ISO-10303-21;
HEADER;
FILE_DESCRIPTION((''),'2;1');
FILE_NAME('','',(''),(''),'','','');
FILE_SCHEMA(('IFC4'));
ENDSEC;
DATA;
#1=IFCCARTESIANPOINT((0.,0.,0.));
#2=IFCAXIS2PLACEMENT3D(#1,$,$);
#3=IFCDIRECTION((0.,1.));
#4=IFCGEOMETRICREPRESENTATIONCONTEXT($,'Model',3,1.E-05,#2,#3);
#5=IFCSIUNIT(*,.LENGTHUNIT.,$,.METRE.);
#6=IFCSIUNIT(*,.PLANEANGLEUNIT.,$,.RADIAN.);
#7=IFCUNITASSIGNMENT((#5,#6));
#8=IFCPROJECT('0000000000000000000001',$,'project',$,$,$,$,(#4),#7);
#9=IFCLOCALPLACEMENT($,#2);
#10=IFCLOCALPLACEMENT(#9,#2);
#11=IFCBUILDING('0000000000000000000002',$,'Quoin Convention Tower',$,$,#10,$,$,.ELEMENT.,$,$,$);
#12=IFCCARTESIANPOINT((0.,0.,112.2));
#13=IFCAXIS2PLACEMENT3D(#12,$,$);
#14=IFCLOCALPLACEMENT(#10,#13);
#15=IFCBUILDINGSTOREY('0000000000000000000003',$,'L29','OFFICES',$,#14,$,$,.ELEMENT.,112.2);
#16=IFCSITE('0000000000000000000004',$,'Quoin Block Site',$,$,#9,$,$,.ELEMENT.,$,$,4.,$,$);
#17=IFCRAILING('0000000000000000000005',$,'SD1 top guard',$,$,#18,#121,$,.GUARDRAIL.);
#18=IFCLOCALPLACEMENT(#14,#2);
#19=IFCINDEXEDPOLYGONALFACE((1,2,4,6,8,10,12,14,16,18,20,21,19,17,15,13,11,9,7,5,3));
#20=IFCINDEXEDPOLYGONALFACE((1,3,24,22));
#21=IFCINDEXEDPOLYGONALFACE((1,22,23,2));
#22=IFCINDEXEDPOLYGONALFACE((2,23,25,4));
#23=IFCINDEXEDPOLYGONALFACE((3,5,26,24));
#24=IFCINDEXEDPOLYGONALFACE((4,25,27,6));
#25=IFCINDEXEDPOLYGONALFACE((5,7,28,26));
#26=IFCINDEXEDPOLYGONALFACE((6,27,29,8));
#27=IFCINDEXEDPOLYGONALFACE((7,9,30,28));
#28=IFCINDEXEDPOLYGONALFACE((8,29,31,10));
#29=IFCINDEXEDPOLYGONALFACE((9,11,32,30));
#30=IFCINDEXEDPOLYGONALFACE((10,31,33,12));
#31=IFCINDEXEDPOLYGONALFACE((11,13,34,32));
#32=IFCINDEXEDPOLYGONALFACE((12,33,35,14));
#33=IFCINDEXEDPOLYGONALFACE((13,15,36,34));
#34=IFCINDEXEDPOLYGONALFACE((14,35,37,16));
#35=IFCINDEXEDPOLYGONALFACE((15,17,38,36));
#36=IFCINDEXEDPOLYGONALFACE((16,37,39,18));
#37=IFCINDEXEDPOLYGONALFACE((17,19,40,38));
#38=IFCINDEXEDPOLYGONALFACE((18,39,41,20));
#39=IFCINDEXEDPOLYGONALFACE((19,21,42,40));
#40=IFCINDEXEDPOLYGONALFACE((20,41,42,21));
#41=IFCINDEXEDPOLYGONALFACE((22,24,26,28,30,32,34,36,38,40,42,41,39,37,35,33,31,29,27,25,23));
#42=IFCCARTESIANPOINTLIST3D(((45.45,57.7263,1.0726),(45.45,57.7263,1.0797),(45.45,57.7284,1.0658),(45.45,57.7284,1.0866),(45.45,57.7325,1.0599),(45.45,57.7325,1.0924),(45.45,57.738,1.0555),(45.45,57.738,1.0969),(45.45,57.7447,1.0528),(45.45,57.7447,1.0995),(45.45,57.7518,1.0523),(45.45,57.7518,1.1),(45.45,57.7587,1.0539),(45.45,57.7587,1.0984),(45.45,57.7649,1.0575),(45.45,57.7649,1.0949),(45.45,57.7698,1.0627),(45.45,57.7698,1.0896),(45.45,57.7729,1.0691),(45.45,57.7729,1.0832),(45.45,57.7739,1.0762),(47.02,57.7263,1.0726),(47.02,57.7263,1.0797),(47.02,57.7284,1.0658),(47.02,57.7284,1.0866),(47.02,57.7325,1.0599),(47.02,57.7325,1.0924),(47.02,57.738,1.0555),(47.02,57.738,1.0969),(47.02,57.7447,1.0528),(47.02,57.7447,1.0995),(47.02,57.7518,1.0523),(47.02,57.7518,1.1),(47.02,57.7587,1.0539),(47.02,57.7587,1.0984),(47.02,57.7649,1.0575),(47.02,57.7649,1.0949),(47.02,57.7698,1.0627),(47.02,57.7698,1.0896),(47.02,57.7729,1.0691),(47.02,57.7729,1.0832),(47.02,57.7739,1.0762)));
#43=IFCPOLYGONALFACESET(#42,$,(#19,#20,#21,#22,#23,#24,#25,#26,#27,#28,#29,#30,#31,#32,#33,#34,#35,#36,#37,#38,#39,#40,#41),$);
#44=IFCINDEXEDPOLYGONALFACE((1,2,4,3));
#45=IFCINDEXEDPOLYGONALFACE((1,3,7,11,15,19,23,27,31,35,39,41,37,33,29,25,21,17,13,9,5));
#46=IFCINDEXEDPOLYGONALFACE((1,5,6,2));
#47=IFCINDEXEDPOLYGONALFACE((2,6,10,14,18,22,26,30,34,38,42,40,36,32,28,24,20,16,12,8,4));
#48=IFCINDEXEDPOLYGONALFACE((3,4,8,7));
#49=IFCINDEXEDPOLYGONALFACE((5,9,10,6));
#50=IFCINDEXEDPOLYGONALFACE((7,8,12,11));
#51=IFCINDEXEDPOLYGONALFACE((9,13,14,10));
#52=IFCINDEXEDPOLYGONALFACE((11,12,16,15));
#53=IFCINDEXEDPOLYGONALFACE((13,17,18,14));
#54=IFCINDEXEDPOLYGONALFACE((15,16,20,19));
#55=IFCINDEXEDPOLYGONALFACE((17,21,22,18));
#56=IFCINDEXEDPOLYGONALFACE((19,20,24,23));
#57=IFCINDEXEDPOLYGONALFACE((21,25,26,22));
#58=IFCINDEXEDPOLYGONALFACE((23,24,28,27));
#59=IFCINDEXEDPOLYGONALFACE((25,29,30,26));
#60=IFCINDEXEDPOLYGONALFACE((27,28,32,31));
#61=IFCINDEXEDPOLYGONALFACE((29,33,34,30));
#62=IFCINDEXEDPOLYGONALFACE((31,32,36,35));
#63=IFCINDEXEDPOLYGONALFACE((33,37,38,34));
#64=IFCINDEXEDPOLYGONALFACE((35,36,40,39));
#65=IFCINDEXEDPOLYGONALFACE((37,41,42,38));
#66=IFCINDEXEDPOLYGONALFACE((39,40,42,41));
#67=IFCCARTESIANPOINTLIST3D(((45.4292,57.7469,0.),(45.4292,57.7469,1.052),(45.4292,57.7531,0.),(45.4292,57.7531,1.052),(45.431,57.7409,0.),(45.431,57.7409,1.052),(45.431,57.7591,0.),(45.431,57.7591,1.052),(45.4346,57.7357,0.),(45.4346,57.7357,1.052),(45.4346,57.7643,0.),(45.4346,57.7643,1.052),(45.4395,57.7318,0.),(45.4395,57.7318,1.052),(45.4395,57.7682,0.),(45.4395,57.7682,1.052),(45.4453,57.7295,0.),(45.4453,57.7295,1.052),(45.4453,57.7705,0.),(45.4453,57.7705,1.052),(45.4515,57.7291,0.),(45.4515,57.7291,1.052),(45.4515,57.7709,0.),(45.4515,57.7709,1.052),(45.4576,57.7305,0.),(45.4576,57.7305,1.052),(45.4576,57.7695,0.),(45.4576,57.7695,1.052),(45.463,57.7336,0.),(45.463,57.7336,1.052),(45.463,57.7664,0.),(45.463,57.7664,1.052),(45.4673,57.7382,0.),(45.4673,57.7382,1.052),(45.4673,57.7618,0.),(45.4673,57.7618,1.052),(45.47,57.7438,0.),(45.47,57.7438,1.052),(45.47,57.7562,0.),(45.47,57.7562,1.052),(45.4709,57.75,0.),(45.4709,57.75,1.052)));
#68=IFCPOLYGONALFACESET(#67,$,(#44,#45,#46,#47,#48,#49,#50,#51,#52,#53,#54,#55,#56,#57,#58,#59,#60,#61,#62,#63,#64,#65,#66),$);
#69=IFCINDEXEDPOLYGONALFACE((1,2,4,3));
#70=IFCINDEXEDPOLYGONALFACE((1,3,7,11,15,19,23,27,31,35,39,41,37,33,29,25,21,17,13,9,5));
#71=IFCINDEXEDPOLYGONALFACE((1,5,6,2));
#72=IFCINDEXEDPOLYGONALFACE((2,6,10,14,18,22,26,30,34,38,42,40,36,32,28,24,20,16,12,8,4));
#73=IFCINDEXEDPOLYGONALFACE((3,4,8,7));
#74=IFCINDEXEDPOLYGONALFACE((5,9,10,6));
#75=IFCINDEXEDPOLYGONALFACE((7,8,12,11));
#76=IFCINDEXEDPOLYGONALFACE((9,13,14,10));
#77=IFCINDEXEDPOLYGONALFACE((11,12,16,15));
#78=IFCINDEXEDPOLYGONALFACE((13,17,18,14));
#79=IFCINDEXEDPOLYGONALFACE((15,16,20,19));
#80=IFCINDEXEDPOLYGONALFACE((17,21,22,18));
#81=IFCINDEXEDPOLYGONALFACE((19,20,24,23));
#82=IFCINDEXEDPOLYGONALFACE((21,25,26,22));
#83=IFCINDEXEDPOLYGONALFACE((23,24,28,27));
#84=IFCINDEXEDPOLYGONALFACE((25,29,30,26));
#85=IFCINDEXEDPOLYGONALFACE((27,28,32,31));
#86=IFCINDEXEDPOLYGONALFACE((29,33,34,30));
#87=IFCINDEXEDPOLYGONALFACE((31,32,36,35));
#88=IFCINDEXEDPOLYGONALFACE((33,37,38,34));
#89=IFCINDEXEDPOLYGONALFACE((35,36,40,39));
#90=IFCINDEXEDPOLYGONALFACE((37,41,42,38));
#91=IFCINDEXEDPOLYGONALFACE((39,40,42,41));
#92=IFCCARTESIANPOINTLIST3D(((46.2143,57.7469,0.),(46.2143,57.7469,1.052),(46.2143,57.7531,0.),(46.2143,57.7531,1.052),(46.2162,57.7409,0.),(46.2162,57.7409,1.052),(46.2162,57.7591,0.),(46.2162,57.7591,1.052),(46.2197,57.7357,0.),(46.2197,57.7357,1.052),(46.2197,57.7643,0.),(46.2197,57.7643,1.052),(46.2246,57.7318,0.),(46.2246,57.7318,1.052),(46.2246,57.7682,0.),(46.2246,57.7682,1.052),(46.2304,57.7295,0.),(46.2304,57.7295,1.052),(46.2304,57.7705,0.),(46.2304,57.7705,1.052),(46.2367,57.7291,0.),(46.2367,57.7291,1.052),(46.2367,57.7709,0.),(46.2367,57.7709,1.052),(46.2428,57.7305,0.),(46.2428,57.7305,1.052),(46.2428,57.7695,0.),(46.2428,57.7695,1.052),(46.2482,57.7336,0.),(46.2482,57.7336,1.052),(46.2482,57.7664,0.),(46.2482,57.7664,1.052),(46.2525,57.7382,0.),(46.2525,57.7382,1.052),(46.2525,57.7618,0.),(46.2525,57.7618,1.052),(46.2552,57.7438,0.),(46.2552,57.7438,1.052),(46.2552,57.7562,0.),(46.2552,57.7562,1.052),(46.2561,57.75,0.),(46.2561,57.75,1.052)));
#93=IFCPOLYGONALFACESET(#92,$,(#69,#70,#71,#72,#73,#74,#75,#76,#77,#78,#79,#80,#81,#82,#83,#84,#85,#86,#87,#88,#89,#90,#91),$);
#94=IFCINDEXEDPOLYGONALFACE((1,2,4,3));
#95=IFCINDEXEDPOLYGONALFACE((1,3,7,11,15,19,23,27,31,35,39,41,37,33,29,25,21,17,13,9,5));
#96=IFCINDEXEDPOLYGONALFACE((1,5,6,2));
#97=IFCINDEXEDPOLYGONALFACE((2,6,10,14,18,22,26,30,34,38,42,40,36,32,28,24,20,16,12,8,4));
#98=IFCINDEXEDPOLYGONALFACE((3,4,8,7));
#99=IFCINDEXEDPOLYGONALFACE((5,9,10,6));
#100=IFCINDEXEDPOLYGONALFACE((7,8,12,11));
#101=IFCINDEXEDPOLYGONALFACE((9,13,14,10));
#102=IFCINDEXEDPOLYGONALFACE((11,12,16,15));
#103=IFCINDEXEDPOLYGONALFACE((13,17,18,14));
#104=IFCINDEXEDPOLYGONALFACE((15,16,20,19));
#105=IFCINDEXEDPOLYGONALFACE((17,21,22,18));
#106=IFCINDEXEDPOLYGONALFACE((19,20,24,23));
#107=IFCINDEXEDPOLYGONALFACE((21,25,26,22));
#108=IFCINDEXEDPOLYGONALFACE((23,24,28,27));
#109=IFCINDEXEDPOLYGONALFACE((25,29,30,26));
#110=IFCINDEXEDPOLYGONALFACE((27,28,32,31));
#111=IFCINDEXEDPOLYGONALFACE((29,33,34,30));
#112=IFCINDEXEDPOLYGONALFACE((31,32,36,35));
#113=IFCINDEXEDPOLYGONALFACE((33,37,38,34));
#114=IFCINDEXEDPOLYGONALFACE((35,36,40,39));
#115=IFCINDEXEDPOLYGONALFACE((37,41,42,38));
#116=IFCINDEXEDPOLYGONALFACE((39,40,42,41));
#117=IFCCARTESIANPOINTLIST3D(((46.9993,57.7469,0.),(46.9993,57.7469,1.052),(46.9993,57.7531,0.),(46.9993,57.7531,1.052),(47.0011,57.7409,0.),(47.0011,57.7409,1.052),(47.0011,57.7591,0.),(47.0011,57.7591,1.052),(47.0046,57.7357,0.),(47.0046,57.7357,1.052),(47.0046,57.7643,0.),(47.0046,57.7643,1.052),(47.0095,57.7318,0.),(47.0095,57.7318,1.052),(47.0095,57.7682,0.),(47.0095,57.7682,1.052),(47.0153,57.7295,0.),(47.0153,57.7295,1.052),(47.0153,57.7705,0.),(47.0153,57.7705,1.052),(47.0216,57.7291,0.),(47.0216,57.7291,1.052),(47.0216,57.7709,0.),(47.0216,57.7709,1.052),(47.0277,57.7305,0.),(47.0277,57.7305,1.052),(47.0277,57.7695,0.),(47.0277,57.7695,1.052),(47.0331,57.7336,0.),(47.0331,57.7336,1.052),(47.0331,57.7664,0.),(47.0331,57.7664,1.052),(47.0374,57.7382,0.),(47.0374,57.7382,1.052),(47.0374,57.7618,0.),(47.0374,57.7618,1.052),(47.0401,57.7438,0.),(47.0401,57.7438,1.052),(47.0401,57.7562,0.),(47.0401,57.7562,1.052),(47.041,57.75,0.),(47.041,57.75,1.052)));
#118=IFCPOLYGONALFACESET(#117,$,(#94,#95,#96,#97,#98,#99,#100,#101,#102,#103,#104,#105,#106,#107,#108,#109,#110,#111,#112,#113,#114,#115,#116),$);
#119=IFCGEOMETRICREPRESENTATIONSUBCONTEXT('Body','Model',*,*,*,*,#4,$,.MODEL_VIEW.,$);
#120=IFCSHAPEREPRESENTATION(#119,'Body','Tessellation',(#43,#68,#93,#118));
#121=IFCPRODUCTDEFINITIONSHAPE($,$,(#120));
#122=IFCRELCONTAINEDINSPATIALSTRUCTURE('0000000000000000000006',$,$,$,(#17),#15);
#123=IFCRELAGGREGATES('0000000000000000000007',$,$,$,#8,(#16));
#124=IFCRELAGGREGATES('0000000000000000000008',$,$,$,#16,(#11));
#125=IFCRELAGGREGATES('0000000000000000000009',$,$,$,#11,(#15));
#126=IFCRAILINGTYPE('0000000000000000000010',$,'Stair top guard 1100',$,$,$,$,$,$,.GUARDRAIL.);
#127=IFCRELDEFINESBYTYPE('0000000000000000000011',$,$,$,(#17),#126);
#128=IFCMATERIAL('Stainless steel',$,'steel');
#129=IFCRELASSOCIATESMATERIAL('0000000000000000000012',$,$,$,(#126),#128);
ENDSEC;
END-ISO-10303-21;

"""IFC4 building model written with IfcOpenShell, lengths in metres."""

from ifc_helpers import new_model, si_unit, direction, frame, origin, origin_2d, place, context, subcontext, project, spatial, circle, extrude, material, type_object, element, save


model = new_model("IFC4")

# Units and contexts
model_context = context("Model", 3, precision=1e-05, world=origin(), true_north=direction((0.0, 1.0)))
body_context = subcontext(model_context, "Body", "Model", "MODEL_VIEW")
ifc_project = project(units=[si_unit("LENGTHUNIT", "METRE"), si_unit("PLANEANGLEUNIT", "RADIAN")], contexts=[model_context])

# Site, building, storey
site_placement = place(None, origin())
site = spatial("IfcSite", under=ifc_project, at=site_placement, Name="Quoin Block Site", CompositionType="ELEMENT", RefElevation=4.0)
building_placement = place(site_placement, origin())
building = spatial("IfcBuilding", under=site, at=building_placement, Name="Quoin Convention Tower", CompositionType="ELEMENT")
storey_placement = place(building_placement, frame((0.0, 0.0, 112.2)))
storey = spatial("IfcBuildingStorey", under=building, at=storey_placement, Name="L29", Description="OFFICES", CompositionType="ELEMENT", Elevation=112.2)

# Railing
ifc_material_1 = material(Name="Stainless steel", Category="steel")
railing_type_1 = type_object("IfcRailingType", Name="Stair top guard 1100", PredefinedType="GUARDRAIL", material=ifc_material_1)
railing_1_placement = place(storey_placement, frame((45.45, 57.75, 0.0)))
element("IfcRailing", 1, at=railing_1_placement, inside=storey, type_object=railing_type_1, Name="SD1 top guard", PredefinedType="GUARDRAIL", context=body_context, shape_type="SweptSolid", body=[
    extrude(circle(Radius=0.0239, at=origin_2d()), frame((0.0, 0.0, 1.0762), z_axis=(1.0, 0.0, 0.0), x_axis=(0.0, 1.0, 0.0)), (0.0, 0.0, 1.0), 1.5701),
    extrude(circle(Radius=0.021, at=origin_2d()), origin(), (0.0, 0.0, 1.0), 1.052),
    extrude(circle(Radius=0.021, at=origin_2d()), frame((0.7852, 0.0, 0.0)), (0.0, 0.0, 1.0), 1.052),
    extrude(circle(Radius=0.021, at=origin_2d()), frame((1.5701, 0.0, 0.0)), (0.0, 0.0, 1.0), 1.052),
])

save(model, "model.ifc")
